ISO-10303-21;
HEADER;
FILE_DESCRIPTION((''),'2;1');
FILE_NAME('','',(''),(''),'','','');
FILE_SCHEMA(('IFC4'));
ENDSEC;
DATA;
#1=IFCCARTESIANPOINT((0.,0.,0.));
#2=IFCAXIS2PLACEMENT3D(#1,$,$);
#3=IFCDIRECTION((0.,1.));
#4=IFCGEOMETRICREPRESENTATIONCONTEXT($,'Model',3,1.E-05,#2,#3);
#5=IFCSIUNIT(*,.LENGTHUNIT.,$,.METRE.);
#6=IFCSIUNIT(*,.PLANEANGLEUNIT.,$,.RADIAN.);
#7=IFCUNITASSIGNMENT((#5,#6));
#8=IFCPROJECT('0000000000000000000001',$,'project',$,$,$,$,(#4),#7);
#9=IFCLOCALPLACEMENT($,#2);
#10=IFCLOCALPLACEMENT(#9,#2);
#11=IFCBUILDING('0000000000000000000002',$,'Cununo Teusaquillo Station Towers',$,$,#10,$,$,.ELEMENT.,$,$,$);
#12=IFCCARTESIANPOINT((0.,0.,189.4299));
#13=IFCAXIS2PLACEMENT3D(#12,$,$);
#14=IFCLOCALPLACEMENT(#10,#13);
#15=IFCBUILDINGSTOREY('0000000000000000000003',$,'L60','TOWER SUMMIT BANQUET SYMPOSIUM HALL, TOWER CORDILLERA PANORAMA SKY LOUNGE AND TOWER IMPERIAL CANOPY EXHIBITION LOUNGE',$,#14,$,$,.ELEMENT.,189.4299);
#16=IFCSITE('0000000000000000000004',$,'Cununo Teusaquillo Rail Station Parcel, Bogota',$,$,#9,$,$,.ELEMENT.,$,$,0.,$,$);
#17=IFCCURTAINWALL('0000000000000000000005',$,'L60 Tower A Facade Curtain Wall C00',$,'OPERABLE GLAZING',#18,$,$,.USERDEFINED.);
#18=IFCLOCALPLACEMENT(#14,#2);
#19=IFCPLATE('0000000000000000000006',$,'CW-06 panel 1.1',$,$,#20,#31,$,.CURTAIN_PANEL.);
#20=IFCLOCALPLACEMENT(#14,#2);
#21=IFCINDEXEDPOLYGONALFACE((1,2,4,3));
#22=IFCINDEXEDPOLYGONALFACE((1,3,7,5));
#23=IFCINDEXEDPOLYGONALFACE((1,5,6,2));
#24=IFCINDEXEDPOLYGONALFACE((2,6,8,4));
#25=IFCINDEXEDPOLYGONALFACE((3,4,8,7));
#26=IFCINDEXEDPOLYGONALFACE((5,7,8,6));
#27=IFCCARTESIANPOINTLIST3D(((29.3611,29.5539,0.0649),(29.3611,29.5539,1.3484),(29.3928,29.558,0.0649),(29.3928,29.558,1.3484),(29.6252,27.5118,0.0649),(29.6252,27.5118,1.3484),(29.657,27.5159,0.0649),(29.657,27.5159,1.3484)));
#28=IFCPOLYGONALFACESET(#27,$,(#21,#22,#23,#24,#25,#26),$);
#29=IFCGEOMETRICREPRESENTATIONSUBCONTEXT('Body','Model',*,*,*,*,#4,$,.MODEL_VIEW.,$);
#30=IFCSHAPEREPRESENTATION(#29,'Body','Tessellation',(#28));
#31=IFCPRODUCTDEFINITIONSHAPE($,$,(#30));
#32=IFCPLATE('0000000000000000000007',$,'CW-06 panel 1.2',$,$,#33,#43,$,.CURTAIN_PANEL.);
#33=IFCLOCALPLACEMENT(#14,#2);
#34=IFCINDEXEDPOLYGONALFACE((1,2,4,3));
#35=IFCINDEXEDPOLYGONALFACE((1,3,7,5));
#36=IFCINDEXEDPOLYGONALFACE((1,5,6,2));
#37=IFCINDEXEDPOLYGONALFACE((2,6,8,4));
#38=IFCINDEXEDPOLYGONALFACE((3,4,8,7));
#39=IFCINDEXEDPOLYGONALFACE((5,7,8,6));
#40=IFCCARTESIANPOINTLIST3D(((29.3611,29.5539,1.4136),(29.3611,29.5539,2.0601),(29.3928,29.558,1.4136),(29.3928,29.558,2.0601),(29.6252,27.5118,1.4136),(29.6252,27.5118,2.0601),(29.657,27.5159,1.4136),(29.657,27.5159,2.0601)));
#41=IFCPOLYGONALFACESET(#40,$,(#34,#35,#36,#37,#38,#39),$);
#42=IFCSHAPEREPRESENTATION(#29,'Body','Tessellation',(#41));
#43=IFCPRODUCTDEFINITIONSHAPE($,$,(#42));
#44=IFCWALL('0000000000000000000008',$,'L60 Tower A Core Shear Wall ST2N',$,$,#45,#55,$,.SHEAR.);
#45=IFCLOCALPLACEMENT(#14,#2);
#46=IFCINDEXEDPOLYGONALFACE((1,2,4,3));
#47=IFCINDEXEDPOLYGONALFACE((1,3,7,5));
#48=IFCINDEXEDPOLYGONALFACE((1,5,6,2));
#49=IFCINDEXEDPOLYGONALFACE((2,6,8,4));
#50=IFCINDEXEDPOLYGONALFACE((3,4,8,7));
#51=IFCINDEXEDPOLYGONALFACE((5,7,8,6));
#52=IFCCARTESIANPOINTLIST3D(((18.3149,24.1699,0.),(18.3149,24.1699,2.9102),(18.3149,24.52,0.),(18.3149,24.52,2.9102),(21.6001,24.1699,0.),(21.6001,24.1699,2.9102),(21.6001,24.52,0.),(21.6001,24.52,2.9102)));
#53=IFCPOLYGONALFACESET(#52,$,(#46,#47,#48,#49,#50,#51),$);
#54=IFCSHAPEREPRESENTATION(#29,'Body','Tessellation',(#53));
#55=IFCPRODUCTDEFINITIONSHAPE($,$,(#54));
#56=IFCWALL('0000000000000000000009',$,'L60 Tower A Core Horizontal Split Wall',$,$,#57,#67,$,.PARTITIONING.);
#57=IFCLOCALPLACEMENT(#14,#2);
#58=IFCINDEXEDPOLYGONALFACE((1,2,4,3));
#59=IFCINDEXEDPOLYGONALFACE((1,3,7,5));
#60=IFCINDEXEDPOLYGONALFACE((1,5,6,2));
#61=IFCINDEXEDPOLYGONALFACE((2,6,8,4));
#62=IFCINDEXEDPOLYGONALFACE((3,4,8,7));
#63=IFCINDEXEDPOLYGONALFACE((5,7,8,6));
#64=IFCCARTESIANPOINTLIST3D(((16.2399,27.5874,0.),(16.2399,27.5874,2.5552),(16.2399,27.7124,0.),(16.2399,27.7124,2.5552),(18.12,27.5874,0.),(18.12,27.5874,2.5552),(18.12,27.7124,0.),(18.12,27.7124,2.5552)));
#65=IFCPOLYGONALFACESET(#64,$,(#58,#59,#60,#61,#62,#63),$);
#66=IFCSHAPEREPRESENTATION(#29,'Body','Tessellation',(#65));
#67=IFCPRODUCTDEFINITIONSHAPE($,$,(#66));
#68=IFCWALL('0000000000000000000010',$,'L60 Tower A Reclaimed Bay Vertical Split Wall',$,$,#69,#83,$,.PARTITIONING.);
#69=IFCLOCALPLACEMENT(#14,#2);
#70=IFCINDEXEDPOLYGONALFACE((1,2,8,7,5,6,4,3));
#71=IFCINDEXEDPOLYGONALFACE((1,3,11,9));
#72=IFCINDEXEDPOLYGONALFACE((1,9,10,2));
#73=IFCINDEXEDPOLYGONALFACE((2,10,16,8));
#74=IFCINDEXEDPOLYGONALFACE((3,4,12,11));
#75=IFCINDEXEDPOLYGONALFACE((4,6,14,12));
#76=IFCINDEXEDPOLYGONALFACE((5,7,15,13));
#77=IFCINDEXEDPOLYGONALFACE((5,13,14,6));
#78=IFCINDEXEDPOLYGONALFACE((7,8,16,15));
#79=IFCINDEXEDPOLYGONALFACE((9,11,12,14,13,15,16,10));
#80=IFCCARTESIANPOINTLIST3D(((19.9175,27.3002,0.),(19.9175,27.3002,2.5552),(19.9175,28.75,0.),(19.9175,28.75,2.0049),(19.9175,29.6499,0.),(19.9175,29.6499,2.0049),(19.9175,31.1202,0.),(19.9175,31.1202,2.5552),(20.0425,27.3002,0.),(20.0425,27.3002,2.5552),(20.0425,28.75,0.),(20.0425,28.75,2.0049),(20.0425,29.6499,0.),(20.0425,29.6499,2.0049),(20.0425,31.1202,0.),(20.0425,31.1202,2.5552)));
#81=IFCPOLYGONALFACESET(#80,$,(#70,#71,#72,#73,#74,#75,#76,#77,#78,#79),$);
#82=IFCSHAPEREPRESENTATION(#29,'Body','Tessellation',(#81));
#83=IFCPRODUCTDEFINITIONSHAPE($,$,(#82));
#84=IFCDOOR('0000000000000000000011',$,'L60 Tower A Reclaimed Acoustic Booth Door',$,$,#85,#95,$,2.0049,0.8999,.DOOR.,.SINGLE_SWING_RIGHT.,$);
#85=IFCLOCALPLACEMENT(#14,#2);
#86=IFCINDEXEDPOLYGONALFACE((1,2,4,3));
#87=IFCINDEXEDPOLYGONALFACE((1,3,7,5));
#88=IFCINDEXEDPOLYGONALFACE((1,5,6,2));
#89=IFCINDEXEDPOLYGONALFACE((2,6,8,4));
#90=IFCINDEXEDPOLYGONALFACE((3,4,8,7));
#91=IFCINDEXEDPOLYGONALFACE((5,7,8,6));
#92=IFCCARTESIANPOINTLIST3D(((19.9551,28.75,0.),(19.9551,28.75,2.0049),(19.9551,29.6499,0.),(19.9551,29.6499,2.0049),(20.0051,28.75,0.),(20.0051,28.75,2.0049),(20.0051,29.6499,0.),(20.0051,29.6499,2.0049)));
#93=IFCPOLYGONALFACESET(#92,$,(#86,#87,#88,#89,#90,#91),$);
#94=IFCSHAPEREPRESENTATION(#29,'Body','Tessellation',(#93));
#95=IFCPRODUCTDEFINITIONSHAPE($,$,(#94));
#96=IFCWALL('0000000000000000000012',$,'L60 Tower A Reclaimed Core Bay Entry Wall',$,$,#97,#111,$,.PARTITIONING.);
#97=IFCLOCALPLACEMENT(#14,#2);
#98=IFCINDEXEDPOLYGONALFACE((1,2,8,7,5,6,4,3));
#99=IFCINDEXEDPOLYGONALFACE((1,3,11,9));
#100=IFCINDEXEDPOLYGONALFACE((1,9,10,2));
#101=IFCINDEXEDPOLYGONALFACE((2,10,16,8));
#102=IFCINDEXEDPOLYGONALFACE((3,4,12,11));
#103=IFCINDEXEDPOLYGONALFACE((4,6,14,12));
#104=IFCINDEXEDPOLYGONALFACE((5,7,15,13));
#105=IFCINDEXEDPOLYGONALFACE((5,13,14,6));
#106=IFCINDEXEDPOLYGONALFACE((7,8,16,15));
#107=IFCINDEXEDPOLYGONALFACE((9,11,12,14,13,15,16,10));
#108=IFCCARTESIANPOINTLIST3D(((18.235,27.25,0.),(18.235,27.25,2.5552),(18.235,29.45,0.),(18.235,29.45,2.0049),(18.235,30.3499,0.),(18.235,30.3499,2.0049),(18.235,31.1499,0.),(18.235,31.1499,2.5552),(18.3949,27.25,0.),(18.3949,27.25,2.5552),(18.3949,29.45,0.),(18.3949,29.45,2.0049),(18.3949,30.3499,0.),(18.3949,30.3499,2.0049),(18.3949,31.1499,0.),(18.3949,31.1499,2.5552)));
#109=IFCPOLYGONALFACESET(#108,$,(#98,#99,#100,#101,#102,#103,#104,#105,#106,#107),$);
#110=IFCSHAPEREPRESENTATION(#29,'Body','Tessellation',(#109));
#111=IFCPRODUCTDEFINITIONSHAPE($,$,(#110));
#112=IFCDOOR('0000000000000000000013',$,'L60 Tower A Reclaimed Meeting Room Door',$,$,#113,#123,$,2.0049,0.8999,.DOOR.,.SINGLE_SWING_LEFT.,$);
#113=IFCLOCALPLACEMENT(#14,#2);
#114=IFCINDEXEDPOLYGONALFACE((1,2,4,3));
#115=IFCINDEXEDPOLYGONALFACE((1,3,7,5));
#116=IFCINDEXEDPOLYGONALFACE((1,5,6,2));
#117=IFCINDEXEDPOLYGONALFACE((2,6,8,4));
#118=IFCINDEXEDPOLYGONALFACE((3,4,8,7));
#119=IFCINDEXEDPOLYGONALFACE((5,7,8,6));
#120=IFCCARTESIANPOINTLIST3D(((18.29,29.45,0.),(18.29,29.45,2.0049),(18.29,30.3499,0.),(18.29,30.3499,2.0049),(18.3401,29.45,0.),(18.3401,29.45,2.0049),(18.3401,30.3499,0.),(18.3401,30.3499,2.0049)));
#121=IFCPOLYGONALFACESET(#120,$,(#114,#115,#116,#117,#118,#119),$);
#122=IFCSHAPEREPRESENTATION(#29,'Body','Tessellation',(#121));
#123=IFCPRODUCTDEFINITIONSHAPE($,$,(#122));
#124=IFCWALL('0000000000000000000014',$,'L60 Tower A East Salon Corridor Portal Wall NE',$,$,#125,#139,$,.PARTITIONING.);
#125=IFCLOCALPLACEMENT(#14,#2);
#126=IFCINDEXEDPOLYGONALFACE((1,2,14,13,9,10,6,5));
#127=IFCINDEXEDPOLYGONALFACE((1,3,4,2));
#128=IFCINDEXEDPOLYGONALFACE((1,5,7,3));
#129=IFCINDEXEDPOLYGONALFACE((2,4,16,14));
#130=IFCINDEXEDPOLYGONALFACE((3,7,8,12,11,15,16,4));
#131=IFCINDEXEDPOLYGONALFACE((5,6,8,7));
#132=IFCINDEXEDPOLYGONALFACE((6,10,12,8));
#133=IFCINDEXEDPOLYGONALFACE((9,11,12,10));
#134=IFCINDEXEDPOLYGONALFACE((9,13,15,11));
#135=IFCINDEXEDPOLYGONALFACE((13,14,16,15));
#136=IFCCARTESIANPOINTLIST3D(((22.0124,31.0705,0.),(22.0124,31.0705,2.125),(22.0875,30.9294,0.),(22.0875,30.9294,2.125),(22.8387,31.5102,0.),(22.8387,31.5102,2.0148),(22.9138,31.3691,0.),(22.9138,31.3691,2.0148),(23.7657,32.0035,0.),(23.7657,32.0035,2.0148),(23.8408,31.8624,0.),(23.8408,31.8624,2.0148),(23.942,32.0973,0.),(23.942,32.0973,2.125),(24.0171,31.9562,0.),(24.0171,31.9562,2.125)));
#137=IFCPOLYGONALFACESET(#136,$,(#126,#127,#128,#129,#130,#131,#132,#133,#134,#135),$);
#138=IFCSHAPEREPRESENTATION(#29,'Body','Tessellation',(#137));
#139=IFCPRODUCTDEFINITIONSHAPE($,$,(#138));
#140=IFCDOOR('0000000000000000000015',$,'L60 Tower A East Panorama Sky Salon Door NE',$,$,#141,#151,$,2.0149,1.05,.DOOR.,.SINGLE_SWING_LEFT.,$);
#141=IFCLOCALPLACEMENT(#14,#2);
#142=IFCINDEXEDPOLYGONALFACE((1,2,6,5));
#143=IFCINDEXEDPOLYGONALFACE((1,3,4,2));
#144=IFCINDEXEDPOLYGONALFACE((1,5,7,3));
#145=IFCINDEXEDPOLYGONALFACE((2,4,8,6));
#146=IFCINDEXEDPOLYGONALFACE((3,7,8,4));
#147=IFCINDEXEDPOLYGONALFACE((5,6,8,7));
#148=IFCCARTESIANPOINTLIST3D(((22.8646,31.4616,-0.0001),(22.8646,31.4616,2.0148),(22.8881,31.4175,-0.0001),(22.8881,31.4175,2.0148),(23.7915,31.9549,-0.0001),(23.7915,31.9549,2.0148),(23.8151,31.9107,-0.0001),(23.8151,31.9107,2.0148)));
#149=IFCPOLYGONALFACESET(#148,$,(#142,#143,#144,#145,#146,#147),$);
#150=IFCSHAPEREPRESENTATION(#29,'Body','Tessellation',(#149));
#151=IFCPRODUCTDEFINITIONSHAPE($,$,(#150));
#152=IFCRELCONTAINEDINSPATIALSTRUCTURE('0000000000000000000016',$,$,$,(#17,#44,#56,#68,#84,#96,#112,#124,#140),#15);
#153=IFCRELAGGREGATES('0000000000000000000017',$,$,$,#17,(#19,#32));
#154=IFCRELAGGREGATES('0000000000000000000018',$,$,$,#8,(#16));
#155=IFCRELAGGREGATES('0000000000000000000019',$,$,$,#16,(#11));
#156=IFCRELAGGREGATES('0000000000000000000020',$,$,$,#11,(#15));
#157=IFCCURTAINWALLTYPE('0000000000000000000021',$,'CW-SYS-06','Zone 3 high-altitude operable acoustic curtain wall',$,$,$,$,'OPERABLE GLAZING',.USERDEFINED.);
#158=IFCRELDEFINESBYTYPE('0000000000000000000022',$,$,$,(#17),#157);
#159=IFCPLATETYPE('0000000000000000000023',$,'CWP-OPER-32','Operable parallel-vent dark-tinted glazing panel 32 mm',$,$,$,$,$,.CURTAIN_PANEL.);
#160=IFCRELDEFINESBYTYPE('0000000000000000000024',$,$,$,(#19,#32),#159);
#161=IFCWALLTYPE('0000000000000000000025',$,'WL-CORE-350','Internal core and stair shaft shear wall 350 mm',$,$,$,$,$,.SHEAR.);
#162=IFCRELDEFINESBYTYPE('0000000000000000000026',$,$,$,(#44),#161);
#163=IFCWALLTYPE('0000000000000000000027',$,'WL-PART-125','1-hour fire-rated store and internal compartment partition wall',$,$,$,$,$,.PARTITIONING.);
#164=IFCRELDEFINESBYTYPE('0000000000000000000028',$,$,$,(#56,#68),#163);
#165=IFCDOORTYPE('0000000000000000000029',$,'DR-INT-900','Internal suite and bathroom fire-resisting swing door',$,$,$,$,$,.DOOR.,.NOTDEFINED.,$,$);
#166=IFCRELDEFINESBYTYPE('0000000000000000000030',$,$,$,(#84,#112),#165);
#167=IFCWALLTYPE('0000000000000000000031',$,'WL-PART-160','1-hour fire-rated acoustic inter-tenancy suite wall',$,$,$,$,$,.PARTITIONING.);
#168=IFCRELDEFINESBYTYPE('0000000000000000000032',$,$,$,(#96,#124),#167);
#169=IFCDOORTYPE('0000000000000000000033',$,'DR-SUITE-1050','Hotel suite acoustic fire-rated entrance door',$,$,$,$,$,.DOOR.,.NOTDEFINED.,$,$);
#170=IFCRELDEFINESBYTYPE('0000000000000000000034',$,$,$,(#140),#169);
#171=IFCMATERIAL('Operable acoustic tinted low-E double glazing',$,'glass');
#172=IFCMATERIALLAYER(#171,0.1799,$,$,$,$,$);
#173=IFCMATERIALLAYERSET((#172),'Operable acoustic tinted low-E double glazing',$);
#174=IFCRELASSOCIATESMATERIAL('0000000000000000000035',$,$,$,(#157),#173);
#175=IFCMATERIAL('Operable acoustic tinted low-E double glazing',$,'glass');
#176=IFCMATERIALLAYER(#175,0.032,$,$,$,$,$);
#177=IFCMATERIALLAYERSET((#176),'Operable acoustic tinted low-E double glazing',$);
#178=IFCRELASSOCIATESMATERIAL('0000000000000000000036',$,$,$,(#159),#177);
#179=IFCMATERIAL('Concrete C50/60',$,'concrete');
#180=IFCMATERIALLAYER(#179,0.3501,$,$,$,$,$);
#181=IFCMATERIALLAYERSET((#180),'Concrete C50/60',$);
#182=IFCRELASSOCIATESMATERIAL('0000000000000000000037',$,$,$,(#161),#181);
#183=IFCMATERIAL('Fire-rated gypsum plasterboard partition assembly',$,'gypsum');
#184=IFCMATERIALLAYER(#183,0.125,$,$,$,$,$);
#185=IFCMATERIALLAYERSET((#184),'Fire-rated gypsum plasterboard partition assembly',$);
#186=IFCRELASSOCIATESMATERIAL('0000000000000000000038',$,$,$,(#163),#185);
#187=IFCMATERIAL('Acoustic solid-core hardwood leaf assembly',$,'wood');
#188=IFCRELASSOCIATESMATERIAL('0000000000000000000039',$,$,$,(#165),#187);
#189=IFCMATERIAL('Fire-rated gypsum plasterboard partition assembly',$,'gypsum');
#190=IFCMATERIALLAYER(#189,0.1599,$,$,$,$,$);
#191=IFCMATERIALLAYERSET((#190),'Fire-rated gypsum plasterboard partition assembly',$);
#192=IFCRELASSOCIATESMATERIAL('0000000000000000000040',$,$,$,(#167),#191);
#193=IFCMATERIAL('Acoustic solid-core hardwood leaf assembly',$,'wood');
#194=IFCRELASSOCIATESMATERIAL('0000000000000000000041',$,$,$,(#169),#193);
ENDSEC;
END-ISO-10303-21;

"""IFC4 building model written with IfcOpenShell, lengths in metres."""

from ifc_helpers import new_model, si_unit, direction, frame, frame_2d, origin, origin_2d, place, context, subcontext, project, spatial, rectangle, extrude, source, transform, mapped, material, layer, layer_set, type_object, element, fill, aggregate, save


model = new_model("IFC4")

# Units and contexts
model_context = context("Model", 3, precision=1e-05, world=origin(), true_north=direction((0.0, 1.0)))
body_context = subcontext(model_context, "Body", "Model", "MODEL_VIEW")
ifc_project = project(units=[si_unit("LENGTHUNIT", "METRE"), si_unit("PLANEANGLEUNIT", "RADIAN")], contexts=[model_context])

# Site, building, storey
site_placement = place(None, origin())
site = spatial("IfcSite", under=ifc_project, at=site_placement, Name="Cununo Teusaquillo Rail Station Parcel, Bogota", CompositionType="ELEMENT", RefElevation=0.0)
building_placement = place(site_placement, origin())
building = spatial("IfcBuilding", under=site, at=building_placement, Name="Cununo Teusaquillo Station Towers", CompositionType="ELEMENT")
storey_placement = place(building_placement, frame((0.0, 0.0, 189.4299)))
storey = spatial("IfcBuildingStorey", under=building, at=storey_placement, Name="L60", Description="TOWER SUMMIT BANQUET SYMPOSIUM HALL, TOWER CORDILLERA PANORAMA SKY LOUNGE AND TOWER IMPERIAL CANOPY EXHIBITION LOUNGE", CompositionType="ELEMENT", Elevation=189.4299)

# Curtain wall
ifc_material_1 = material(Name="Operable acoustic tinted low-E double glazing", Category="glass")
ifc_layer_1 = layer(ifc_material_1, 0.1799)
ifc_layer_set_1 = layer_set([ifc_layer_1], Name="Operable acoustic tinted low-E double glazing")
curtain_wall_type = type_object("IfcCurtainWallType", Name="CW-SYS-06", Description="Zone 3 high-altitude operable acoustic curtain wall", ElementType="OPERABLE GLAZING", PredefinedType="USERDEFINED", material=ifc_layer_set_1)
curtain_wall_placement = place(storey_placement, origin())
curtain_wall = element("IfcCurtainWall", 1, at=curtain_wall_placement, inside=storey, type_object=curtain_wall_type, Name="L60 Tower A Facade Curtain Wall C00", ObjectType="OPERABLE GLAZING", PredefinedType="USERDEFINED")

# Plates
ifc_material_2 = material(Name="Operable acoustic tinted low-E double glazing", Category="glass")
ifc_layer_2 = layer(ifc_material_2, 0.032)
ifc_layer_set_2 = layer_set([ifc_layer_2], Name="Operable acoustic tinted low-E double glazing")
plate_type = type_object("IfcPlateType", Name="CWP-OPER-32", Description="Operable parallel-vent dark-tinted glazing panel 32 mm", PredefinedType="CURTAIN_PANEL", material=ifc_layer_set_2)
shared_shape_1 = source(origin(), body_context, "Body", "SweptSolid", [
    extrude(rectangle(XDim=2.0591, YDim=0.032, at=origin_2d()), origin(), (0.0, 0.0, 1.0), 1.2834),
])
plate_1_placement = place(storey_placement, frame((29.509, 28.5349, 0.0649), z_axis=(0.0, 0.0, 1.0), x_axis=(0.128285, -0.991737, 0.0)))
plate_1 = element("IfcPlate", 2, at=plate_1_placement, type_object=plate_type, Name="CW-06 panel 1.1", PredefinedType="CURTAIN_PANEL", context=body_context, shape_type="MappedRepresentation", body=[
    mapped(shared_shape_1, transform((0.0, 0.0, 0.0), x_axis=(1.0, 0.0, 0.0), y_axis=(0.0, 1.0, 0.0), z_axis=(0.0, 0.0, 1.0), scale=1.0)),
])
shared_shape_2 = source(origin(), body_context, "Body", "SweptSolid", [
    extrude(rectangle(XDim=2.0591, YDim=0.032, at=origin_2d()), origin(), (0.0, 0.0, 1.0), 0.6465),
])
plate_2_placement = place(storey_placement, frame((29.509, 28.5349, 1.4136), z_axis=(0.0, 0.0, 1.0), x_axis=(0.128285, -0.991737, 0.0)))
plate_2 = element("IfcPlate", 3, at=plate_2_placement, type_object=plate_type, Name="CW-06 panel 1.2", PredefinedType="CURTAIN_PANEL", context=body_context, shape_type="MappedRepresentation", body=[
    mapped(shared_shape_2, transform((0.0, 0.0, 0.0), x_axis=(1.0, 0.0, 0.0), y_axis=(0.0, 1.0, 0.0), z_axis=(0.0, 0.0, 1.0), scale=1.0)),
])
aggregate(curtain_wall, [plate_1, plate_2])

# Walls
ifc_material_3 = material(Name="Concrete C50/60", Category="concrete")
ifc_layer_3 = layer(ifc_material_3, 0.3501)
ifc_layer_set_3 = layer_set([ifc_layer_3], Name="Concrete C50/60")
wall_type_1 = type_object("IfcWallType", Name="WL-CORE-350", Description="Internal core and stair shaft shear wall 350 mm", PredefinedType="SHEAR", material=ifc_layer_set_3)
wall_1_placement = place(storey_placement, frame((18.3149, 24.345, 0.0), z_axis=(0.0, 0.0, 1.0), x_axis=(1.0, 0.0, 0.0)))
element("IfcWall", 4, at=wall_1_placement, inside=storey, type_object=wall_type_1, Name="L60 Tower A Core Shear Wall ST2N", PredefinedType="SHEAR", context=body_context, shape_type="SweptSolid", body=[
    extrude(rectangle(XDim=3.2852, YDim=0.3501, at=frame_2d((1.6426, 0.0))), origin(), (0.0, 0.0, 1.0), 2.9102),
])
ifc_material_4 = material(Name="Fire-rated gypsum plasterboard partition assembly", Category="gypsum")
ifc_layer_4 = layer(ifc_material_4, 0.125)
ifc_layer_set_4 = layer_set([ifc_layer_4], Name="Fire-rated gypsum plasterboard partition assembly")
wall_type_2 = type_object("IfcWallType", Name="WL-PART-125", Description="1-hour fire-rated store and internal compartment partition wall", PredefinedType="PARTITIONING", material=ifc_layer_set_4)
wall_2_placement = place(storey_placement, frame((16.24, 27.6499, 0.0), z_axis=(0.0, 0.0, 1.0), x_axis=(1.0, 0.0, 0.0)))
element("IfcWall", 5, at=wall_2_placement, inside=storey, type_object=wall_type_2, Name="L60 Tower A Core Horizontal Split Wall", PredefinedType="PARTITIONING", context=body_context, shape_type="SweptSolid", body=[
    extrude(rectangle(XDim=1.8801, YDim=0.125, at=frame_2d((0.9399, 0.0))), origin(), (0.0, 0.0, 1.0), 2.5552),
])

# Walls, openings, doors
wall_3_placement = place(storey_placement, frame((19.98, 27.3, 0.0), z_axis=(0.0, 0.0, 1.0), x_axis=(0.0, 1.0, 0.0)))
wall_3 = element("IfcWall", 6, at=wall_3_placement, inside=storey, type_object=wall_type_2, Name="L60 Tower A Reclaimed Bay Vertical Split Wall", PredefinedType="PARTITIONING", context=body_context, shape_type="SweptSolid", body=[
    extrude(rectangle(XDim=3.8201, YDim=0.125, at=frame_2d((1.9102, 0.0))), origin(), (0.0, 0.0, 1.0), 2.5552),
])
shared_shape_3 = source(origin(), body_context, "Body", "SweptSolid", [
    extrude(rectangle(XDim=0.8999, YDim=2.0049, at=frame_2d((0.45, 1.0024))), frame((0.0, 0.0725, 0.0), z_axis=(0.0, -1.0, 0.0), x_axis=(1.0, 0.0, 0.0)), (0.0, 0.0, 1.0), 0.145),
])
opening_1_placement = place(wall_3_placement, frame((1.45, 0.0, 0.0)))
opening_1 = element("IfcOpeningElement", 7, at=opening_1_placement, cuts=wall_3, PredefinedType="OPENING", context=body_context, shape_type="MappedRepresentation", body=[
    mapped(shared_shape_3, transform((0.0, 0.0, 0.0), x_axis=(1.0, 0.0, 0.0), y_axis=(0.0, 1.0, 0.0), z_axis=(0.0, 0.0, 1.0), scale=1.0)),
])
ifc_material_5 = material(Name="Acoustic solid-core hardwood leaf assembly", Category="wood")
door_type_1 = type_object("IfcDoorType", Name="DR-INT-900", Description="Internal suite and bathroom fire-resisting swing door", OperationType="NOTDEFINED", PredefinedType="DOOR", material=ifc_material_5)
shared_shape_4 = source(origin(), body_context, "Body", "SweptSolid", [
    extrude(rectangle(XDim=0.8999, YDim=2.0049, at=frame_2d((0.45, 1.0024))), frame((0.0, 0.0249, 0.0), z_axis=(0.0, -1.0, 0.0), x_axis=(1.0, 0.0, 0.0)), (0.0, 0.0, 1.0), 0.05),
])
door_1_placement = place(opening_1_placement, origin())
door_1 = element("IfcDoor", 8, at=door_1_placement, inside=storey, type_object=door_type_1, Name="L60 Tower A Reclaimed Acoustic Booth Door", OperationType="SINGLE_SWING_RIGHT", OverallHeight=2.0049, OverallWidth=0.8999, PredefinedType="DOOR", context=body_context, shape_type="MappedRepresentation", body=[
    mapped(shared_shape_4, transform((0.0, 0.0, 0.0), x_axis=(1.0, 0.0, 0.0), y_axis=(0.0, 1.0, 0.0), z_axis=(0.0, 0.0, 1.0), scale=1.0)),
])
fill(opening_1, door_1)
ifc_material_6 = material(Name="Fire-rated gypsum plasterboard partition assembly", Category="gypsum")
ifc_layer_5 = layer(ifc_material_6, 0.1599)
ifc_layer_set_5 = layer_set([ifc_layer_5], Name="Fire-rated gypsum plasterboard partition assembly")
wall_type_3 = type_object("IfcWallType", Name="WL-PART-160", Description="1-hour fire-rated acoustic inter-tenancy suite wall", PredefinedType="PARTITIONING", material=ifc_layer_set_5)
wall_4_placement = place(storey_placement, frame((18.3149, 27.25, 0.0), z_axis=(0.0, 0.0, 1.0), x_axis=(0.0, 1.0, 0.0)))
wall_4 = element("IfcWall", 9, at=wall_4_placement, inside=storey, type_object=wall_type_3, Name="L60 Tower A Reclaimed Core Bay Entry Wall", PredefinedType="PARTITIONING", context=body_context, shape_type="SweptSolid", body=[
    extrude(rectangle(XDim=3.8999, YDim=0.1599, at=frame_2d((1.95, 0.0))), origin(), (0.0, 0.0, 1.0), 2.5552),
])
shared_shape_5 = source(origin(), body_context, "Body", "SweptSolid", [
    extrude(rectangle(XDim=0.8999, YDim=2.0049, at=frame_2d((0.45, 1.0024))), frame((0.0, 0.0898, 0.0), z_axis=(0.0, -1.0, 0.0), x_axis=(1.0, 0.0, 0.0)), (0.0, 0.0, 1.0), 0.1799),
])
opening_2_placement = place(wall_4_placement, frame((2.2, 0.0, 0.0)))
opening_2 = element("IfcOpeningElement", 10, at=opening_2_placement, cuts=wall_4, PredefinedType="OPENING", context=body_context, shape_type="MappedRepresentation", body=[
    mapped(shared_shape_5, transform((0.0, 0.0, 0.0), x_axis=(1.0, 0.0, 0.0), y_axis=(0.0, 1.0, 0.0), z_axis=(0.0, 0.0, 1.0), scale=1.0)),
])
door_2_placement = place(opening_2_placement, origin())
door_2 = element("IfcDoor", 11, at=door_2_placement, inside=storey, type_object=door_type_1, Name="L60 Tower A Reclaimed Meeting Room Door", OperationType="SINGLE_SWING_LEFT", OverallHeight=2.0049, OverallWidth=0.8999, PredefinedType="DOOR", context=body_context, shape_type="MappedRepresentation", body=[
    mapped(shared_shape_4, transform((0.0, 0.0, 0.0), x_axis=(1.0, 0.0, 0.0), y_axis=(0.0, 1.0, 0.0), z_axis=(0.0, 0.0, 1.0), scale=1.0)),
])
fill(opening_2, door_2)
wall_5_placement = place(storey_placement, frame((22.05, 31.0, 0.0), z_axis=(0.0, 0.0, 1.0), x_axis=(0.882792, 0.469765, 0.0)))
wall_5 = element("IfcWall", 12, at=wall_5_placement, inside=storey, type_object=wall_type_3, Name="L60 Tower A East Salon Corridor Portal Wall NE", PredefinedType="PARTITIONING", context=body_context, shape_type="SweptSolid", body=[
    extrude(rectangle(XDim=2.1858, YDim=0.1599, at=frame_2d((1.0928, 0.0))), origin(), (0.0, 0.0, 1.0), 2.125),
])
shared_shape_6 = source(origin(), body_context, "Body", "SweptSolid", [
    extrude(rectangle(XDim=1.05, YDim=2.0149, at=frame_2d((0.5249, 1.0073))), frame((0.0, 0.0898, 0.0), z_axis=(0.0, -1.0, 0.0), x_axis=(1.0, 0.0, 0.0)), (0.0, 0.0, 1.0), 0.1799),
])
opening_3_placement = place(wall_5_placement, frame((0.936, 0.0, 0.0)))
opening_3 = element("IfcOpeningElement", 13, at=opening_3_placement, cuts=wall_5, PredefinedType="OPENING", context=body_context, shape_type="MappedRepresentation", body=[
    mapped(shared_shape_6, transform((0.0, 0.0, 0.0), x_axis=(1.0, 0.0, 0.0), y_axis=(0.0, 1.0, 0.0), z_axis=(0.0, 0.0, 1.0), scale=1.0)),
])
ifc_material_7 = material(Name="Acoustic solid-core hardwood leaf assembly", Category="wood")
door_type_2 = type_object("IfcDoorType", Name="DR-SUITE-1050", Description="Hotel suite acoustic fire-rated entrance door", OperationType="NOTDEFINED", PredefinedType="DOOR", material=ifc_material_7)
shared_shape_7 = source(origin(), body_context, "Body", "SweptSolid", [
    extrude(rectangle(XDim=1.05, YDim=2.0149, at=frame_2d((0.5249, 1.0073))), frame((0.0, 0.0249, 0.0), z_axis=(0.0, -1.0, 0.0), x_axis=(1.0, 0.0, 0.0)), (0.0, 0.0, 1.0), 0.05),
])
door_3_placement = place(opening_3_placement, origin())
door_3 = element("IfcDoor", 14, at=door_3_placement, inside=storey, type_object=door_type_2, Name="L60 Tower A East Panorama Sky Salon Door NE", OperationType="SINGLE_SWING_LEFT", OverallHeight=2.0149, OverallWidth=1.05, PredefinedType="DOOR", context=body_context, shape_type="MappedRepresentation", body=[
    mapped(shared_shape_7, transform((0.0, 0.0, 0.0), x_axis=(1.0, 0.0, 0.0), y_axis=(0.0, 1.0, 0.0), z_axis=(0.0, 0.0, 1.0), scale=1.0)),
])
fill(opening_3, door_3)

save(model, "model.ifc")
